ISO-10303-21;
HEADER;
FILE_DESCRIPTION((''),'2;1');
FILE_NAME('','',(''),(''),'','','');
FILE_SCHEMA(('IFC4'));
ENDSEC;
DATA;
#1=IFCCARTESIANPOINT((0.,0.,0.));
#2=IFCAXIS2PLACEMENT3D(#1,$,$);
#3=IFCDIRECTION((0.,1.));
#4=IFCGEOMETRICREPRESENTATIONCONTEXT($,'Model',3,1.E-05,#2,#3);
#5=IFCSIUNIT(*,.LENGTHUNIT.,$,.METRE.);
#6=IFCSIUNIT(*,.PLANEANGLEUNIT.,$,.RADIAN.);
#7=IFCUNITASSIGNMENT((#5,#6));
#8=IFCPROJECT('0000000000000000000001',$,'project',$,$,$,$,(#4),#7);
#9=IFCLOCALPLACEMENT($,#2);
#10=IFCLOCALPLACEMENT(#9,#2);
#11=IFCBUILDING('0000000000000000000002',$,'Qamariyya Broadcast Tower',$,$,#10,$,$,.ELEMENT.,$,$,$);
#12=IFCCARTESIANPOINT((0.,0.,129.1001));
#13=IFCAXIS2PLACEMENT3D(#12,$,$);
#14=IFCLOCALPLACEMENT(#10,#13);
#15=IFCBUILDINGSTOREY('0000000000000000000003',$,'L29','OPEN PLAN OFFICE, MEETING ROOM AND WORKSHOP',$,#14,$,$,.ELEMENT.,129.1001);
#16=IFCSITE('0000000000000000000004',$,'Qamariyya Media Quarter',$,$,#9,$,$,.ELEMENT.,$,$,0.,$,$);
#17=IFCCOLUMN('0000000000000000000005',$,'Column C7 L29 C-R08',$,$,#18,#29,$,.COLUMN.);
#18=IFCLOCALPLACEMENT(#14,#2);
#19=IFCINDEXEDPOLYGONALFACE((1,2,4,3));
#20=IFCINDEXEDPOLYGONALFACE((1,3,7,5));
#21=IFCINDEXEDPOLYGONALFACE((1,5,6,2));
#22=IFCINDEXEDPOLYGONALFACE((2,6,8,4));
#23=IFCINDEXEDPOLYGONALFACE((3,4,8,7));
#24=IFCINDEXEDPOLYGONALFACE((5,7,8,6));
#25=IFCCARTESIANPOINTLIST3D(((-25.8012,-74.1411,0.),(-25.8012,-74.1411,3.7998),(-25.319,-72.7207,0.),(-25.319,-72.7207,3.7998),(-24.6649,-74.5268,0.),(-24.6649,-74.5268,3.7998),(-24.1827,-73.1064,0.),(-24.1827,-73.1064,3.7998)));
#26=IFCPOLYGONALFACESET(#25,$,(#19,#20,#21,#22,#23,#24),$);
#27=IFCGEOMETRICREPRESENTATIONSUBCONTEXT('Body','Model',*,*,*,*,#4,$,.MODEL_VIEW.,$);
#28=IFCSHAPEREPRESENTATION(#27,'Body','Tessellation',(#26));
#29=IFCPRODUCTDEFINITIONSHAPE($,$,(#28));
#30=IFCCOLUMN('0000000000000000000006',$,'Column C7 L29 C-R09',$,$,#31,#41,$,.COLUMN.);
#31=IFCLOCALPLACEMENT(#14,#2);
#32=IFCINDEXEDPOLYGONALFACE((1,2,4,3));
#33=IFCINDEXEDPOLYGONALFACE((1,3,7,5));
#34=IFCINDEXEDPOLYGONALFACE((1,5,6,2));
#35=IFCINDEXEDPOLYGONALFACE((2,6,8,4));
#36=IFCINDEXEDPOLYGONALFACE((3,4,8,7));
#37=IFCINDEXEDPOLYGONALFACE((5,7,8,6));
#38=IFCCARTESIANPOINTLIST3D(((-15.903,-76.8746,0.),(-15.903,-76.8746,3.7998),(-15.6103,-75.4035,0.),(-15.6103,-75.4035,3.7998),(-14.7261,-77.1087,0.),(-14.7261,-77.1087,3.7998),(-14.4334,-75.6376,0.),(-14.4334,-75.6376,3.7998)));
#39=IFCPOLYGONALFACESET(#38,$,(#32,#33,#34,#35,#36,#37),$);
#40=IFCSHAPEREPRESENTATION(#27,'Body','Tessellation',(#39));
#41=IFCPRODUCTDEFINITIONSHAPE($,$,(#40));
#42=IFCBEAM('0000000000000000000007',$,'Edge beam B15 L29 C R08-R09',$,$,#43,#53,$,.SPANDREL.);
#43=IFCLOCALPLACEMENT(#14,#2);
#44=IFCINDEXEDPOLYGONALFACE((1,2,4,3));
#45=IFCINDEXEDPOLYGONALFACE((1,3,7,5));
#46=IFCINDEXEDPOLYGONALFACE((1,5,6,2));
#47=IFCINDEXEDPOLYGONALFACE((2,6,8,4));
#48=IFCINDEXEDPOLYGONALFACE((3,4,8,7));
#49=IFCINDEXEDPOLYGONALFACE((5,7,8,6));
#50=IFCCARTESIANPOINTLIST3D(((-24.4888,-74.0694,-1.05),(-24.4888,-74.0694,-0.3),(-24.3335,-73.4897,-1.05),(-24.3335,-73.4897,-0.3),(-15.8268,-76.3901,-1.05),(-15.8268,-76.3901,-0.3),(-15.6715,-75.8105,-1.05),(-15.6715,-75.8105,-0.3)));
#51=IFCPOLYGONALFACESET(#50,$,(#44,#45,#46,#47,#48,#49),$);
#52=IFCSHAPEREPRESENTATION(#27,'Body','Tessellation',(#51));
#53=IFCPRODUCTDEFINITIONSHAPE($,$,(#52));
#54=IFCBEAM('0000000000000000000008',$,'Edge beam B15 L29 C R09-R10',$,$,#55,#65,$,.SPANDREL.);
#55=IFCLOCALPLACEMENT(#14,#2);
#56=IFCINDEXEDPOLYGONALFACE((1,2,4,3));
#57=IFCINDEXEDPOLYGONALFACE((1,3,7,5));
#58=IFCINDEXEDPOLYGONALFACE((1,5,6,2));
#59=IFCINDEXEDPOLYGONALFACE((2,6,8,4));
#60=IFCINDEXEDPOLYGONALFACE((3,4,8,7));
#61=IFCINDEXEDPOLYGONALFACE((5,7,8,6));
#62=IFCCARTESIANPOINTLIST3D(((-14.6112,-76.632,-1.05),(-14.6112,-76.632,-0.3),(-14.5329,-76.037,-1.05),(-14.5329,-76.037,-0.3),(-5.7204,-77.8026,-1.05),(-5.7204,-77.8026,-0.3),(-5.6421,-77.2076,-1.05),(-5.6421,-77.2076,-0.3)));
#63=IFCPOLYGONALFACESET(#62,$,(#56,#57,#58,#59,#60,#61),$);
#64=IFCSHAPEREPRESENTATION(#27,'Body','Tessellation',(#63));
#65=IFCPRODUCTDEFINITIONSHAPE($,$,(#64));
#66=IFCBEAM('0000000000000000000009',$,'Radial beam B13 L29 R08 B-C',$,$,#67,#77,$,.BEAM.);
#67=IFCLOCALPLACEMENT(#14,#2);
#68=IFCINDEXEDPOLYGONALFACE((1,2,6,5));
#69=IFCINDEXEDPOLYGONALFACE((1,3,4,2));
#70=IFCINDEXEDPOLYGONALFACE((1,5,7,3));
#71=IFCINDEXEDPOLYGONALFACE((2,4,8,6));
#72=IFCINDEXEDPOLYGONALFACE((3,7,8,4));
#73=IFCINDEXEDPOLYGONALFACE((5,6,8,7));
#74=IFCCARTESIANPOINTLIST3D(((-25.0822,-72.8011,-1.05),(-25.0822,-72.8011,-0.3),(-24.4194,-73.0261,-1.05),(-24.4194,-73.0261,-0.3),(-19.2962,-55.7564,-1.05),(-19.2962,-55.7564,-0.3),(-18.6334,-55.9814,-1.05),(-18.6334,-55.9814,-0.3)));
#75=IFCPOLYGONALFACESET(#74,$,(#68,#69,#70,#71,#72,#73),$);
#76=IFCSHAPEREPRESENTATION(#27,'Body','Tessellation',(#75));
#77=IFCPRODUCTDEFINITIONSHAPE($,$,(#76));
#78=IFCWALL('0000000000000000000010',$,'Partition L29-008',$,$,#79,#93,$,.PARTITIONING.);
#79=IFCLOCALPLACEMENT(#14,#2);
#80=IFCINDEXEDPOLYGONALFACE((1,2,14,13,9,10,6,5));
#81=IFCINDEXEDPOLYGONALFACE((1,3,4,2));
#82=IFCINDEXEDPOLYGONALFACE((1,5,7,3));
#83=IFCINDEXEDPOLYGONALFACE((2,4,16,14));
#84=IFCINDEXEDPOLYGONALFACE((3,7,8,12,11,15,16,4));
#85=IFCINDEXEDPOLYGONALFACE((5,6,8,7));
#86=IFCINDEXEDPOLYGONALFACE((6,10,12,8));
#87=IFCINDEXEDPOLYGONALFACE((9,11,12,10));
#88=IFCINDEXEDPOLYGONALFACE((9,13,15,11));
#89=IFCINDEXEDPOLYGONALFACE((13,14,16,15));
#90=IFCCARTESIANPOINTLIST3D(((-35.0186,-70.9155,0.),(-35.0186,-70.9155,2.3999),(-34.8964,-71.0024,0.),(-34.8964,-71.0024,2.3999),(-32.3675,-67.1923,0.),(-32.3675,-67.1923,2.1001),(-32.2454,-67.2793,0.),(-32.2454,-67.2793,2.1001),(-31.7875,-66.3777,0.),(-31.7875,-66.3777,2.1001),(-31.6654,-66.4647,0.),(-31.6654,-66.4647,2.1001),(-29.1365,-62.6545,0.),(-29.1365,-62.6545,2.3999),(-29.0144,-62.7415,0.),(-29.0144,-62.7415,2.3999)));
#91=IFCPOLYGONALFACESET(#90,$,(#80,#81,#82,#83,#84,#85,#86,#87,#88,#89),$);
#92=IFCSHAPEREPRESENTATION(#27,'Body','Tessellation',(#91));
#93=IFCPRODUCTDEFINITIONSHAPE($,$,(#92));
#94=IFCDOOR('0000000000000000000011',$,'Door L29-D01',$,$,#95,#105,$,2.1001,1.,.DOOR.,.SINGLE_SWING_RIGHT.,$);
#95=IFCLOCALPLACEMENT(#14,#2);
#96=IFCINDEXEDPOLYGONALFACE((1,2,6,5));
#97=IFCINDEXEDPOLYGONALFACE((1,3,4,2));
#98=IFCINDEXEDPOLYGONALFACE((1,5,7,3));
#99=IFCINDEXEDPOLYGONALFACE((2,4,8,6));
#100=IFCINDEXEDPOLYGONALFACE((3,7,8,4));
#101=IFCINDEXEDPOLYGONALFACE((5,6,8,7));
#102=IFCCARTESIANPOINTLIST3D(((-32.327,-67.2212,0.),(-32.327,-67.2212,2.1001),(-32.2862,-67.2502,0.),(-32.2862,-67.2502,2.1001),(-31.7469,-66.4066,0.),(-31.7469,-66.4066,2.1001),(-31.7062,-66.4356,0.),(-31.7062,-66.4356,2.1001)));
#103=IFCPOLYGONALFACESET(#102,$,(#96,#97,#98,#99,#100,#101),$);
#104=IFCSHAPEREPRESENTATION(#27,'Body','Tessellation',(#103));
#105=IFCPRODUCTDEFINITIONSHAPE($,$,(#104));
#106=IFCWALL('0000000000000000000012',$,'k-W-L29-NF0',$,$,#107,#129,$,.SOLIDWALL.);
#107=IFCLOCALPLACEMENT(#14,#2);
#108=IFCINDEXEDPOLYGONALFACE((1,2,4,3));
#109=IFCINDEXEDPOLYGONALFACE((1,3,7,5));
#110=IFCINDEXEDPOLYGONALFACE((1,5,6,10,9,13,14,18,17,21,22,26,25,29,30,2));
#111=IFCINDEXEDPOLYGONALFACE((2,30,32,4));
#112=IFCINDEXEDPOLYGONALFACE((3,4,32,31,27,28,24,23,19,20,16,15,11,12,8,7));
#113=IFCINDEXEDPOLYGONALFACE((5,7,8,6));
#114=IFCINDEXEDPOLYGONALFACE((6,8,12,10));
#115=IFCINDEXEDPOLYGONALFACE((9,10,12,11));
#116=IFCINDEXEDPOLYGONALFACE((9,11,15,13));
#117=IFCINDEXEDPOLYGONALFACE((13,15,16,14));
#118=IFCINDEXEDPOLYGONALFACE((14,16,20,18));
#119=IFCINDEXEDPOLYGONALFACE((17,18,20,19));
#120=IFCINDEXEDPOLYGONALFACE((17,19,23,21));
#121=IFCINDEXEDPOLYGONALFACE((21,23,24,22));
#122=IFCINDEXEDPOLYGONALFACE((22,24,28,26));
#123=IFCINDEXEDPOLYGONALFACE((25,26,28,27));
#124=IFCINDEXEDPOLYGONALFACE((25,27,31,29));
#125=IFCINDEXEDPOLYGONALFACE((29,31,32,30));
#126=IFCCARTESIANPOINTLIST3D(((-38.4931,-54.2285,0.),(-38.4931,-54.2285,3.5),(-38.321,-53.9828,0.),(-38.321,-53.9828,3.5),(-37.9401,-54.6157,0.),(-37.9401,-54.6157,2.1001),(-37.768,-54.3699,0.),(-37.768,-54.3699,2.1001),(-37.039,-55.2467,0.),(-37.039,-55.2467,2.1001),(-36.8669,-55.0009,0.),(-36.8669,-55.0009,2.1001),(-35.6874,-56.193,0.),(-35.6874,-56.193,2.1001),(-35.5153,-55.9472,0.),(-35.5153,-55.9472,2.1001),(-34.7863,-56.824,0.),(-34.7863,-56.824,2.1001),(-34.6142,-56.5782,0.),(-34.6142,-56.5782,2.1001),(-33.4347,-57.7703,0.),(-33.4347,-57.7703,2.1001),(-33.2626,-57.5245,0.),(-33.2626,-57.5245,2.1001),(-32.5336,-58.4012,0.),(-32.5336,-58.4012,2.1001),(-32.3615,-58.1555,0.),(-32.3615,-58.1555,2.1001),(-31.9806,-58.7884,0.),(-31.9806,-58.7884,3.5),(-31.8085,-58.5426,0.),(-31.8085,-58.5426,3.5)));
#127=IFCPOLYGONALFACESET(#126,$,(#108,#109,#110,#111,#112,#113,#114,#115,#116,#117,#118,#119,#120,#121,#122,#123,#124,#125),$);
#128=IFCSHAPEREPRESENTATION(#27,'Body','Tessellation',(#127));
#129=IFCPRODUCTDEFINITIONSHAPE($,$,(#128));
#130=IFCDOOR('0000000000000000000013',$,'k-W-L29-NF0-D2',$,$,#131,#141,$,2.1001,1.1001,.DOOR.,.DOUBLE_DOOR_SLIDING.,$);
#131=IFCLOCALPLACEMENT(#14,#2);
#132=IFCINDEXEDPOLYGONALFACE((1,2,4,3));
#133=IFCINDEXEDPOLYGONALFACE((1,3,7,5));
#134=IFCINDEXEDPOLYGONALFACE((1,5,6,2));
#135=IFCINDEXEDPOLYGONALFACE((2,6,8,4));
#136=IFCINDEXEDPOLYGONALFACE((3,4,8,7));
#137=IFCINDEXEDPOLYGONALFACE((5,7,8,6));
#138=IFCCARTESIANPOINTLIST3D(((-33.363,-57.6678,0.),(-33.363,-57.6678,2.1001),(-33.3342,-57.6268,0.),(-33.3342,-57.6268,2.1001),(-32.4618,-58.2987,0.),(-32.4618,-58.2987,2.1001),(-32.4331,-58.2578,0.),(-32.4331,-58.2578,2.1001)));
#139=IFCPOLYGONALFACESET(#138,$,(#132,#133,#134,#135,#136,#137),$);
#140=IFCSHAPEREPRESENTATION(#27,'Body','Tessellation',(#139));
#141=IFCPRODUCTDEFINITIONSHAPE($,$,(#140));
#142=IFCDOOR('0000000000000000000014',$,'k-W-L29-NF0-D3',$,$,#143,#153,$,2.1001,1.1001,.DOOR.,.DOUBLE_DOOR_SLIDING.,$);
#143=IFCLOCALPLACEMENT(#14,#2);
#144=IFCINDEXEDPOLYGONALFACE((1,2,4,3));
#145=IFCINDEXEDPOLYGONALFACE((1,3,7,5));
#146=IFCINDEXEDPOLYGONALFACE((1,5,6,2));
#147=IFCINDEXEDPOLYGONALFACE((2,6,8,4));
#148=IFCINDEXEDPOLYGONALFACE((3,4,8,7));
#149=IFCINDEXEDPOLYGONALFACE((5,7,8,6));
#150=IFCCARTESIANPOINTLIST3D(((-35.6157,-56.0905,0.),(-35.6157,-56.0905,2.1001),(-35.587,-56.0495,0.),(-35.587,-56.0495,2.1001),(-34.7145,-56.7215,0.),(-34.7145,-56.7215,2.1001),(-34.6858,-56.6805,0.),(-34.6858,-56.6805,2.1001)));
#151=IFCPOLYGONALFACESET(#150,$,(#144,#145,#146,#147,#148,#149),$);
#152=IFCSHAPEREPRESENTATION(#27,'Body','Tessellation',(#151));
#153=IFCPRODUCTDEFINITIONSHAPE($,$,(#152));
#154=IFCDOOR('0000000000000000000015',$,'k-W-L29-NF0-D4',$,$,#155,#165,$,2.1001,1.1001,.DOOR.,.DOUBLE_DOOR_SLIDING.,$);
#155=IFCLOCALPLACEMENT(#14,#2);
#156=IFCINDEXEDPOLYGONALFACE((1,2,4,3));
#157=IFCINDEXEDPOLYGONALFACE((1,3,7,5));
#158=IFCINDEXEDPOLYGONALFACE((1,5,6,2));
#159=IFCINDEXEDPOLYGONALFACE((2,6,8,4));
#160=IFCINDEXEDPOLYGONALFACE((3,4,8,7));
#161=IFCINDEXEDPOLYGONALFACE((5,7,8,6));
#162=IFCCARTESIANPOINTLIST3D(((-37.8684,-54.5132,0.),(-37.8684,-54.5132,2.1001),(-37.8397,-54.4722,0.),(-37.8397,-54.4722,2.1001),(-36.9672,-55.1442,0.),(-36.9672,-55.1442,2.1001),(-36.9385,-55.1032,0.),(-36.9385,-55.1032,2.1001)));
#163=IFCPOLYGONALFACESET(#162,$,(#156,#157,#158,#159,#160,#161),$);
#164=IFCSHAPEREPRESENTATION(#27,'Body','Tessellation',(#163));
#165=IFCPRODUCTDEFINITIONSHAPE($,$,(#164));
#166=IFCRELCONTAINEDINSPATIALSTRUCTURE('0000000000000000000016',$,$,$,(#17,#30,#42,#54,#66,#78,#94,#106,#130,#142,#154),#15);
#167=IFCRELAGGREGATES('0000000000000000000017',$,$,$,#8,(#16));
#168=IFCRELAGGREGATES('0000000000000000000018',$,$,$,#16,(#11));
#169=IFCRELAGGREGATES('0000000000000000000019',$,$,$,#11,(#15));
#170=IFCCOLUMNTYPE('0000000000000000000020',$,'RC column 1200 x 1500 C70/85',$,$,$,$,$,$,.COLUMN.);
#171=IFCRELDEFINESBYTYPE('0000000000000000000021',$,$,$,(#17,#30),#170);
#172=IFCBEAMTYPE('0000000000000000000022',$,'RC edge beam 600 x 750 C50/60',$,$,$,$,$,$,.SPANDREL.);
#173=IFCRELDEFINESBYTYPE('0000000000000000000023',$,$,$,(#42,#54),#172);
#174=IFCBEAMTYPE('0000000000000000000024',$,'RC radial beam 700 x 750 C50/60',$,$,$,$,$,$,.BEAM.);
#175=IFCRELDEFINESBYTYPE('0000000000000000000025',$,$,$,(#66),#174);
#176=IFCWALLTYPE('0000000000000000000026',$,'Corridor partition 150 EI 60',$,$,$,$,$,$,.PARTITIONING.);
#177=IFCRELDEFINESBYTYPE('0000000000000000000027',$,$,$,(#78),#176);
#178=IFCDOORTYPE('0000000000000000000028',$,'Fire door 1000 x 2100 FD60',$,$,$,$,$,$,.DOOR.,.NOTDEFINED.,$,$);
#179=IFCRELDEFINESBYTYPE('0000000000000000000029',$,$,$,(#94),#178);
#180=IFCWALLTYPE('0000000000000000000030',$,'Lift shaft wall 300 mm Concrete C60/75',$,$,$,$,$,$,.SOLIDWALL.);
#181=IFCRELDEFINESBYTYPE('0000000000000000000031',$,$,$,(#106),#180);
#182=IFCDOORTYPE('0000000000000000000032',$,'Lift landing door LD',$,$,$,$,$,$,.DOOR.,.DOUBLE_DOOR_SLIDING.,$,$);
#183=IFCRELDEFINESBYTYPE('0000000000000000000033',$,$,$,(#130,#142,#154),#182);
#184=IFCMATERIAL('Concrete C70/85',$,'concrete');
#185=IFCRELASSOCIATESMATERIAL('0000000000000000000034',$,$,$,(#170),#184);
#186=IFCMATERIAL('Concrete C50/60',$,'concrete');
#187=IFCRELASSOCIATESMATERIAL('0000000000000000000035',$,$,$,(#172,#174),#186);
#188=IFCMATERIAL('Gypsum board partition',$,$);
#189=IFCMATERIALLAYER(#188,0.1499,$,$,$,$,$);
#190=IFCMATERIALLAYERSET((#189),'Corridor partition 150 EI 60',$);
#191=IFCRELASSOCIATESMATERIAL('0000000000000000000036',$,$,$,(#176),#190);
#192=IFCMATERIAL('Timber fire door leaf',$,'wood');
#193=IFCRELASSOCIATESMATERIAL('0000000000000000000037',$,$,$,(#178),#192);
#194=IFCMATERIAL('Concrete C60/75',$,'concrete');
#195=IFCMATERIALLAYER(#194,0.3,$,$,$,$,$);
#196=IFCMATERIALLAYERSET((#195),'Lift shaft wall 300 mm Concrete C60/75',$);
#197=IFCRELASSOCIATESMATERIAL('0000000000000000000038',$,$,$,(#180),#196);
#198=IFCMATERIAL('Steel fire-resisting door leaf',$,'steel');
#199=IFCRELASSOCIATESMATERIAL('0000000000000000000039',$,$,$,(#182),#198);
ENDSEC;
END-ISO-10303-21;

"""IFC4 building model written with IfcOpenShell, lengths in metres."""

from ifc_helpers import new_model, si_unit, direction, frame, frame_2d, origin, origin_2d, place, context, subcontext, project, spatial, rectangle, extrude, material, layer, layer_set, material_profile, profile_set, type_object, element, fill, save


model = new_model("IFC4")

# Units and contexts
model_context = context("Model", 3, precision=1e-05, world=origin(), true_north=direction((0.0, 1.0)))
body_context = subcontext(model_context, "Body", "Model", "MODEL_VIEW")
ifc_project = project(units=[si_unit("LENGTHUNIT", "METRE"), si_unit("PLANEANGLEUNIT", "RADIAN")], contexts=[model_context])

# Site, building, storey
site_placement = place(None, origin())
site = spatial("IfcSite", under=ifc_project, at=site_placement, Name="Qamariyya Media Quarter", CompositionType="ELEMENT", RefElevation=0.0)
building_placement = place(site_placement, origin())
building = spatial("IfcBuilding", under=site, at=building_placement, Name="Qamariyya Broadcast Tower", CompositionType="ELEMENT")
storey_placement = place(building_placement, frame((0.0, 0.0, 129.1001)))
storey = spatial("IfcBuildingStorey", under=building, at=storey_placement, Name="L29", Description="OPEN PLAN OFFICE, MEETING ROOM AND WORKSHOP", CompositionType="ELEMENT", Elevation=129.1001)

# Columns
ifc_material_1 = material(Name="Concrete C70/85", Category="concrete")
ifc_material_profile_1 = material_profile(ifc_material_1, rectangle(XDim=1.2, YDim=1.5, at=origin_2d()))
ifc_profile_set_1 = profile_set([ifc_material_profile_1], Name="Concrete C70/85")
column_type = type_object("IfcColumnType", Name="RC column 1200 x 1500 C70/85", PredefinedType="COLUMN", material=ifc_profile_set_1)
for number, where, z_axis, x_axis, name in (
    (1, (-24.9919, -73.6238, 0.0), (0.0, 0.0, 1.0), (0.94693, -0.321439, 0.0), "Column C7 L29 C-R08"),
    (2, (-15.1682, -76.2561, 0.0), (0.0, 0.0, 1.0), (0.980785, -0.19509, 0.0), "Column C7 L29 C-R09"),
):
    element("IfcColumn", number, at=place(storey_placement, frame(where, z_axis=z_axis, x_axis=x_axis)), inside=storey, type_object=column_type, Name=name, PredefinedType="COLUMN", context=body_context, shape_type="SweptSolid", body=[
        extrude(rectangle(XDim=1.2, YDim=1.5, at=origin_2d()), origin(), (0.0, 0.0, 1.0), 3.7998),
    ])

# Beams
ifc_material_2 = material(Name="Concrete C50/60", Category="concrete")
ifc_material_profile_2 = material_profile(ifc_material_2, rectangle(XDim=0.6001, YDim=0.75, at=origin_2d()))
ifc_profile_set_2 = profile_set([ifc_material_profile_2], Name="Concrete C50/60")
beam_type_1 = type_object("IfcBeamType", Name="RC edge beam 600 x 750 C50/60", PredefinedType="SPANDREL", material=ifc_profile_set_2)
for number, where, z_axis, x_axis, name in (
    (3, (-24.4111, -73.7795, -0.675), (0.965932, -0.258798, 0.0), (0.258798, 0.965932, 0.0), "Edge beam B15 L29 C R08-R09"),
    (4, (-14.572, -76.3345, -0.675), (0.991443, -0.130543, 0.0), (0.130543, 0.991443, 0.0), "Edge beam B15 L29 C R09-R10"),
):
    element("IfcBeam", number, at=place(storey_placement, frame(where, z_axis=z_axis, x_axis=x_axis)), inside=storey, type_object=beam_type_1, Name=name, PredefinedType="SPANDREL", context=body_context, shape_type="SweptSolid", body=[
        extrude(rectangle(XDim=0.6001, YDim=0.75, at=origin_2d()), origin(), (0.0, 0.0, 1.0), 8.9675),
    ])
ifc_material_profile_3 = material_profile(ifc_material_2, rectangle(XDim=0.7, YDim=0.75, at=origin_2d()))
ifc_profile_set_3 = profile_set([ifc_material_profile_3], Name="Concrete C50/60")
beam_type_2 = type_object("IfcBeamType", Name="RC radial beam 700 x 750 C50/60", PredefinedType="BEAM", material=ifc_profile_set_3)
beam_placement = place(storey_placement, frame((-18.9648, -55.8689, -0.675), z_axis=(-0.321439, -0.94693, 0.0), x_axis=(0.94693, -0.321439, 0.0)))
element("IfcBeam", 5, at=beam_placement, inside=storey, type_object=beam_type_2, Name="Radial beam B13 L29 R08 B-C", PredefinedType="BEAM", context=body_context, shape_type="SweptSolid", body=[
    extrude(rectangle(XDim=0.7, YDim=0.75, at=origin_2d()), origin(), (0.0, 0.0, 1.0), 18.0),
])

# Wall, opening, door
ifc_material_3 = material(Name="Gypsum board partition")
ifc_layer_1 = layer(ifc_material_3, 0.1499)
ifc_layer_set_1 = layer_set([ifc_layer_1], Name="Corridor partition 150 EI 60")
wall_type_1 = type_object("IfcWallType", Name="Corridor partition 150 EI 60", PredefinedType="PARTITIONING", material=ifc_layer_set_1)
wall_1_placement = place(storey_placement, frame((-29.0754, -62.698, 0.0), z_axis=(0.0, 0.0, 1.0), x_axis=(-0.580021, -0.814601, 0.0)))
wall_1 = element("IfcWall", 6, at=wall_1_placement, inside=storey, type_object=wall_type_1, Name="Partition L29-008", PredefinedType="PARTITIONING", context=body_context, shape_type="SweptSolid", body=[
    extrude(rectangle(XDim=10.1411, YDim=0.1499, at=frame_2d((5.0706, 0.0))), origin(), (0.0, 0.0, 1.0), 2.3999),
])
opening_1_placement = place(wall_1_placement, frame((4.5706, 0.0, 0.0)))
opening_1 = element("IfcOpeningElement", 7, at=opening_1_placement, cuts=wall_1, PredefinedType="OPENING", context=body_context, shape_type="SweptSolid", body=[
    extrude(rectangle(XDim=1.0, YDim=2.1001, at=frame_2d((0.5, 1.05))), frame((0.0, 0.085, 0.0), z_axis=(0.0, -1.0, 0.0), x_axis=(1.0, 0.0, 0.0)), (0.0, 0.0, 1.0), 0.1699),
])
ifc_material_4 = material(Name="Timber fire door leaf", Category="wood")
door_type_1 = type_object("IfcDoorType", Name="Fire door 1000 x 2100 FD60", OperationType="NOTDEFINED", PredefinedType="DOOR", material=ifc_material_4)
door_1_placement = place(opening_1_placement, origin())
door_1 = element("IfcDoor", 8, at=door_1_placement, inside=storey, type_object=door_type_1, Name="Door L29-D01", OperationType="SINGLE_SWING_RIGHT", OverallHeight=2.1001, OverallWidth=1.0, PredefinedType="DOOR", context=body_context, shape_type="SweptSolid", body=[
    extrude(rectangle(XDim=1.0, YDim=2.1001, at=frame_2d((0.5, 1.05))), frame((0.0, 0.0249, 0.0), z_axis=(0.0, -1.0, 0.0), x_axis=(1.0, 0.0, 0.0)), (0.0, 0.0, 1.0), 0.05),
])
fill(opening_1, door_1)

# Wall, openings, doors
ifc_material_5 = material(Name="Concrete C60/75", Category="concrete")
ifc_layer_2 = layer(ifc_material_5, 0.3)
ifc_layer_set_2 = layer_set([ifc_layer_2], Name="Lift shaft wall 300 mm Concrete C60/75")
wall_type_2 = type_object("IfcWallType", Name="Lift shaft wall 300 mm Concrete C60/75", PredefinedType="SOLIDWALL", material=ifc_layer_set_2)
wall_2_placement = place(storey_placement, frame((-31.8945, -58.6655, 0.0), z_axis=(0.0, 0.0, 1.0), x_axis=(-0.819167, 0.573555, 0.0)))
wall_2 = element("IfcWall", 9, at=wall_2_placement, inside=storey, type_object=wall_type_2, Name="k-W-L29-NF0", PredefinedType="SOLIDWALL", context=body_context, shape_type="SweptSolid", body=[
    extrude(rectangle(XDim=7.9502, YDim=0.3, at=frame_2d((3.9751, 0.0))), origin(), (0.0, 0.0, 1.0), 3.5),
])
opening_2_placement = place(wall_2_placement, frame((0.675, 0.0, 0.0)))
opening_2 = element("IfcOpeningElement", 10, at=opening_2_placement, cuts=wall_2, PredefinedType="OPENING", context=body_context, shape_type="SweptSolid", body=[
    extrude(rectangle(XDim=1.1001, YDim=2.1001, at=frame_2d((0.55, 1.05))), frame((0.0, 0.1599, 0.0), z_axis=(0.0, -1.0, 0.0), x_axis=(1.0, 0.0, 0.0)), (0.0, 0.0, 1.0), 0.3201),
])
opening_3_placement = place(wall_2_placement, frame((3.425, 0.0, 0.0)))
opening_3 = element("IfcOpeningElement", 11, at=opening_3_placement, cuts=wall_2, PredefinedType="OPENING", context=body_context, shape_type="SweptSolid", body=[
    extrude(rectangle(XDim=1.1001, YDim=2.1001, at=frame_2d((0.55, 1.05))), frame((0.0, 0.1599, 0.0), z_axis=(0.0, -1.0, 0.0), x_axis=(1.0, 0.0, 0.0)), (0.0, 0.0, 1.0), 0.3201),
])
opening_4_placement = place(wall_2_placement, frame((6.175, 0.0, 0.0)))
opening_4 = element("IfcOpeningElement", 12, at=opening_4_placement, cuts=wall_2, PredefinedType="OPENING", context=body_context, shape_type="SweptSolid", body=[
    extrude(rectangle(XDim=1.1001, YDim=2.1001, at=frame_2d((0.55, 1.05))), frame((0.0, 0.1599, 0.0), z_axis=(0.0, -1.0, 0.0), x_axis=(1.0, 0.0, 0.0)), (0.0, 0.0, 1.0), 0.3201),
])
ifc_material_6 = material(Name="Steel fire-resisting door leaf", Category="steel")
door_type_2 = type_object("IfcDoorType", Name="Lift landing door LD", OperationType="DOUBLE_DOOR_SLIDING", PredefinedType="DOOR", material=ifc_material_6)
door_2_placement = place(opening_2_placement, origin())
door_2 = element("IfcDoor", 13, at=door_2_placement, inside=storey, type_object=door_type_2, Name="k-W-L29-NF0-D2", OperationType="DOUBLE_DOOR_SLIDING", OverallHeight=2.1001, OverallWidth=1.1001, PredefinedType="DOOR", context=body_context, shape_type="SweptSolid", body=[
    extrude(rectangle(XDim=1.1001, YDim=2.1001, at=frame_2d((0.55, 1.05))), frame((0.0, 0.0249, 0.0), z_axis=(0.0, -1.0, 0.0), x_axis=(1.0, 0.0, 0.0)), (0.0, 0.0, 1.0), 0.05),
])
fill(opening_2, door_2)
door_3_placement = place(opening_3_placement, origin())
door_3 = element("IfcDoor", 14, at=door_3_placement, inside=storey, type_object=door_type_2, Name="k-W-L29-NF0-D3", OperationType="DOUBLE_DOOR_SLIDING", OverallHeight=2.1001, OverallWidth=1.1001, PredefinedType="DOOR", context=body_context, shape_type="SweptSolid", body=[
    extrude(rectangle(XDim=1.1001, YDim=2.1001, at=frame_2d((0.55, 1.05))), frame((0.0, 0.0249, 0.0), z_axis=(0.0, -1.0, 0.0), x_axis=(1.0, 0.0, 0.0)), (0.0, 0.0, 1.0), 0.05),
])
fill(opening_3, door_3)
door_4_placement = place(opening_4_placement, origin())
door_4 = element("IfcDoor", 15, at=door_4_placement, inside=storey, type_object=door_type_2, Name="k-W-L29-NF0-D4", OperationType="DOUBLE_DOOR_SLIDING", OverallHeight=2.1001, OverallWidth=1.1001, PredefinedType="DOOR", context=body_context, shape_type="SweptSolid", body=[
    extrude(rectangle(XDim=1.1001, YDim=2.1001, at=frame_2d((0.55, 1.05))), frame((0.0, 0.0249, 0.0), z_axis=(0.0, -1.0, 0.0), x_axis=(1.0, 0.0, 0.0)), (0.0, 0.0, 1.0), 0.05),
])
fill(opening_4, door_4)

save(model, "model.ifc")
